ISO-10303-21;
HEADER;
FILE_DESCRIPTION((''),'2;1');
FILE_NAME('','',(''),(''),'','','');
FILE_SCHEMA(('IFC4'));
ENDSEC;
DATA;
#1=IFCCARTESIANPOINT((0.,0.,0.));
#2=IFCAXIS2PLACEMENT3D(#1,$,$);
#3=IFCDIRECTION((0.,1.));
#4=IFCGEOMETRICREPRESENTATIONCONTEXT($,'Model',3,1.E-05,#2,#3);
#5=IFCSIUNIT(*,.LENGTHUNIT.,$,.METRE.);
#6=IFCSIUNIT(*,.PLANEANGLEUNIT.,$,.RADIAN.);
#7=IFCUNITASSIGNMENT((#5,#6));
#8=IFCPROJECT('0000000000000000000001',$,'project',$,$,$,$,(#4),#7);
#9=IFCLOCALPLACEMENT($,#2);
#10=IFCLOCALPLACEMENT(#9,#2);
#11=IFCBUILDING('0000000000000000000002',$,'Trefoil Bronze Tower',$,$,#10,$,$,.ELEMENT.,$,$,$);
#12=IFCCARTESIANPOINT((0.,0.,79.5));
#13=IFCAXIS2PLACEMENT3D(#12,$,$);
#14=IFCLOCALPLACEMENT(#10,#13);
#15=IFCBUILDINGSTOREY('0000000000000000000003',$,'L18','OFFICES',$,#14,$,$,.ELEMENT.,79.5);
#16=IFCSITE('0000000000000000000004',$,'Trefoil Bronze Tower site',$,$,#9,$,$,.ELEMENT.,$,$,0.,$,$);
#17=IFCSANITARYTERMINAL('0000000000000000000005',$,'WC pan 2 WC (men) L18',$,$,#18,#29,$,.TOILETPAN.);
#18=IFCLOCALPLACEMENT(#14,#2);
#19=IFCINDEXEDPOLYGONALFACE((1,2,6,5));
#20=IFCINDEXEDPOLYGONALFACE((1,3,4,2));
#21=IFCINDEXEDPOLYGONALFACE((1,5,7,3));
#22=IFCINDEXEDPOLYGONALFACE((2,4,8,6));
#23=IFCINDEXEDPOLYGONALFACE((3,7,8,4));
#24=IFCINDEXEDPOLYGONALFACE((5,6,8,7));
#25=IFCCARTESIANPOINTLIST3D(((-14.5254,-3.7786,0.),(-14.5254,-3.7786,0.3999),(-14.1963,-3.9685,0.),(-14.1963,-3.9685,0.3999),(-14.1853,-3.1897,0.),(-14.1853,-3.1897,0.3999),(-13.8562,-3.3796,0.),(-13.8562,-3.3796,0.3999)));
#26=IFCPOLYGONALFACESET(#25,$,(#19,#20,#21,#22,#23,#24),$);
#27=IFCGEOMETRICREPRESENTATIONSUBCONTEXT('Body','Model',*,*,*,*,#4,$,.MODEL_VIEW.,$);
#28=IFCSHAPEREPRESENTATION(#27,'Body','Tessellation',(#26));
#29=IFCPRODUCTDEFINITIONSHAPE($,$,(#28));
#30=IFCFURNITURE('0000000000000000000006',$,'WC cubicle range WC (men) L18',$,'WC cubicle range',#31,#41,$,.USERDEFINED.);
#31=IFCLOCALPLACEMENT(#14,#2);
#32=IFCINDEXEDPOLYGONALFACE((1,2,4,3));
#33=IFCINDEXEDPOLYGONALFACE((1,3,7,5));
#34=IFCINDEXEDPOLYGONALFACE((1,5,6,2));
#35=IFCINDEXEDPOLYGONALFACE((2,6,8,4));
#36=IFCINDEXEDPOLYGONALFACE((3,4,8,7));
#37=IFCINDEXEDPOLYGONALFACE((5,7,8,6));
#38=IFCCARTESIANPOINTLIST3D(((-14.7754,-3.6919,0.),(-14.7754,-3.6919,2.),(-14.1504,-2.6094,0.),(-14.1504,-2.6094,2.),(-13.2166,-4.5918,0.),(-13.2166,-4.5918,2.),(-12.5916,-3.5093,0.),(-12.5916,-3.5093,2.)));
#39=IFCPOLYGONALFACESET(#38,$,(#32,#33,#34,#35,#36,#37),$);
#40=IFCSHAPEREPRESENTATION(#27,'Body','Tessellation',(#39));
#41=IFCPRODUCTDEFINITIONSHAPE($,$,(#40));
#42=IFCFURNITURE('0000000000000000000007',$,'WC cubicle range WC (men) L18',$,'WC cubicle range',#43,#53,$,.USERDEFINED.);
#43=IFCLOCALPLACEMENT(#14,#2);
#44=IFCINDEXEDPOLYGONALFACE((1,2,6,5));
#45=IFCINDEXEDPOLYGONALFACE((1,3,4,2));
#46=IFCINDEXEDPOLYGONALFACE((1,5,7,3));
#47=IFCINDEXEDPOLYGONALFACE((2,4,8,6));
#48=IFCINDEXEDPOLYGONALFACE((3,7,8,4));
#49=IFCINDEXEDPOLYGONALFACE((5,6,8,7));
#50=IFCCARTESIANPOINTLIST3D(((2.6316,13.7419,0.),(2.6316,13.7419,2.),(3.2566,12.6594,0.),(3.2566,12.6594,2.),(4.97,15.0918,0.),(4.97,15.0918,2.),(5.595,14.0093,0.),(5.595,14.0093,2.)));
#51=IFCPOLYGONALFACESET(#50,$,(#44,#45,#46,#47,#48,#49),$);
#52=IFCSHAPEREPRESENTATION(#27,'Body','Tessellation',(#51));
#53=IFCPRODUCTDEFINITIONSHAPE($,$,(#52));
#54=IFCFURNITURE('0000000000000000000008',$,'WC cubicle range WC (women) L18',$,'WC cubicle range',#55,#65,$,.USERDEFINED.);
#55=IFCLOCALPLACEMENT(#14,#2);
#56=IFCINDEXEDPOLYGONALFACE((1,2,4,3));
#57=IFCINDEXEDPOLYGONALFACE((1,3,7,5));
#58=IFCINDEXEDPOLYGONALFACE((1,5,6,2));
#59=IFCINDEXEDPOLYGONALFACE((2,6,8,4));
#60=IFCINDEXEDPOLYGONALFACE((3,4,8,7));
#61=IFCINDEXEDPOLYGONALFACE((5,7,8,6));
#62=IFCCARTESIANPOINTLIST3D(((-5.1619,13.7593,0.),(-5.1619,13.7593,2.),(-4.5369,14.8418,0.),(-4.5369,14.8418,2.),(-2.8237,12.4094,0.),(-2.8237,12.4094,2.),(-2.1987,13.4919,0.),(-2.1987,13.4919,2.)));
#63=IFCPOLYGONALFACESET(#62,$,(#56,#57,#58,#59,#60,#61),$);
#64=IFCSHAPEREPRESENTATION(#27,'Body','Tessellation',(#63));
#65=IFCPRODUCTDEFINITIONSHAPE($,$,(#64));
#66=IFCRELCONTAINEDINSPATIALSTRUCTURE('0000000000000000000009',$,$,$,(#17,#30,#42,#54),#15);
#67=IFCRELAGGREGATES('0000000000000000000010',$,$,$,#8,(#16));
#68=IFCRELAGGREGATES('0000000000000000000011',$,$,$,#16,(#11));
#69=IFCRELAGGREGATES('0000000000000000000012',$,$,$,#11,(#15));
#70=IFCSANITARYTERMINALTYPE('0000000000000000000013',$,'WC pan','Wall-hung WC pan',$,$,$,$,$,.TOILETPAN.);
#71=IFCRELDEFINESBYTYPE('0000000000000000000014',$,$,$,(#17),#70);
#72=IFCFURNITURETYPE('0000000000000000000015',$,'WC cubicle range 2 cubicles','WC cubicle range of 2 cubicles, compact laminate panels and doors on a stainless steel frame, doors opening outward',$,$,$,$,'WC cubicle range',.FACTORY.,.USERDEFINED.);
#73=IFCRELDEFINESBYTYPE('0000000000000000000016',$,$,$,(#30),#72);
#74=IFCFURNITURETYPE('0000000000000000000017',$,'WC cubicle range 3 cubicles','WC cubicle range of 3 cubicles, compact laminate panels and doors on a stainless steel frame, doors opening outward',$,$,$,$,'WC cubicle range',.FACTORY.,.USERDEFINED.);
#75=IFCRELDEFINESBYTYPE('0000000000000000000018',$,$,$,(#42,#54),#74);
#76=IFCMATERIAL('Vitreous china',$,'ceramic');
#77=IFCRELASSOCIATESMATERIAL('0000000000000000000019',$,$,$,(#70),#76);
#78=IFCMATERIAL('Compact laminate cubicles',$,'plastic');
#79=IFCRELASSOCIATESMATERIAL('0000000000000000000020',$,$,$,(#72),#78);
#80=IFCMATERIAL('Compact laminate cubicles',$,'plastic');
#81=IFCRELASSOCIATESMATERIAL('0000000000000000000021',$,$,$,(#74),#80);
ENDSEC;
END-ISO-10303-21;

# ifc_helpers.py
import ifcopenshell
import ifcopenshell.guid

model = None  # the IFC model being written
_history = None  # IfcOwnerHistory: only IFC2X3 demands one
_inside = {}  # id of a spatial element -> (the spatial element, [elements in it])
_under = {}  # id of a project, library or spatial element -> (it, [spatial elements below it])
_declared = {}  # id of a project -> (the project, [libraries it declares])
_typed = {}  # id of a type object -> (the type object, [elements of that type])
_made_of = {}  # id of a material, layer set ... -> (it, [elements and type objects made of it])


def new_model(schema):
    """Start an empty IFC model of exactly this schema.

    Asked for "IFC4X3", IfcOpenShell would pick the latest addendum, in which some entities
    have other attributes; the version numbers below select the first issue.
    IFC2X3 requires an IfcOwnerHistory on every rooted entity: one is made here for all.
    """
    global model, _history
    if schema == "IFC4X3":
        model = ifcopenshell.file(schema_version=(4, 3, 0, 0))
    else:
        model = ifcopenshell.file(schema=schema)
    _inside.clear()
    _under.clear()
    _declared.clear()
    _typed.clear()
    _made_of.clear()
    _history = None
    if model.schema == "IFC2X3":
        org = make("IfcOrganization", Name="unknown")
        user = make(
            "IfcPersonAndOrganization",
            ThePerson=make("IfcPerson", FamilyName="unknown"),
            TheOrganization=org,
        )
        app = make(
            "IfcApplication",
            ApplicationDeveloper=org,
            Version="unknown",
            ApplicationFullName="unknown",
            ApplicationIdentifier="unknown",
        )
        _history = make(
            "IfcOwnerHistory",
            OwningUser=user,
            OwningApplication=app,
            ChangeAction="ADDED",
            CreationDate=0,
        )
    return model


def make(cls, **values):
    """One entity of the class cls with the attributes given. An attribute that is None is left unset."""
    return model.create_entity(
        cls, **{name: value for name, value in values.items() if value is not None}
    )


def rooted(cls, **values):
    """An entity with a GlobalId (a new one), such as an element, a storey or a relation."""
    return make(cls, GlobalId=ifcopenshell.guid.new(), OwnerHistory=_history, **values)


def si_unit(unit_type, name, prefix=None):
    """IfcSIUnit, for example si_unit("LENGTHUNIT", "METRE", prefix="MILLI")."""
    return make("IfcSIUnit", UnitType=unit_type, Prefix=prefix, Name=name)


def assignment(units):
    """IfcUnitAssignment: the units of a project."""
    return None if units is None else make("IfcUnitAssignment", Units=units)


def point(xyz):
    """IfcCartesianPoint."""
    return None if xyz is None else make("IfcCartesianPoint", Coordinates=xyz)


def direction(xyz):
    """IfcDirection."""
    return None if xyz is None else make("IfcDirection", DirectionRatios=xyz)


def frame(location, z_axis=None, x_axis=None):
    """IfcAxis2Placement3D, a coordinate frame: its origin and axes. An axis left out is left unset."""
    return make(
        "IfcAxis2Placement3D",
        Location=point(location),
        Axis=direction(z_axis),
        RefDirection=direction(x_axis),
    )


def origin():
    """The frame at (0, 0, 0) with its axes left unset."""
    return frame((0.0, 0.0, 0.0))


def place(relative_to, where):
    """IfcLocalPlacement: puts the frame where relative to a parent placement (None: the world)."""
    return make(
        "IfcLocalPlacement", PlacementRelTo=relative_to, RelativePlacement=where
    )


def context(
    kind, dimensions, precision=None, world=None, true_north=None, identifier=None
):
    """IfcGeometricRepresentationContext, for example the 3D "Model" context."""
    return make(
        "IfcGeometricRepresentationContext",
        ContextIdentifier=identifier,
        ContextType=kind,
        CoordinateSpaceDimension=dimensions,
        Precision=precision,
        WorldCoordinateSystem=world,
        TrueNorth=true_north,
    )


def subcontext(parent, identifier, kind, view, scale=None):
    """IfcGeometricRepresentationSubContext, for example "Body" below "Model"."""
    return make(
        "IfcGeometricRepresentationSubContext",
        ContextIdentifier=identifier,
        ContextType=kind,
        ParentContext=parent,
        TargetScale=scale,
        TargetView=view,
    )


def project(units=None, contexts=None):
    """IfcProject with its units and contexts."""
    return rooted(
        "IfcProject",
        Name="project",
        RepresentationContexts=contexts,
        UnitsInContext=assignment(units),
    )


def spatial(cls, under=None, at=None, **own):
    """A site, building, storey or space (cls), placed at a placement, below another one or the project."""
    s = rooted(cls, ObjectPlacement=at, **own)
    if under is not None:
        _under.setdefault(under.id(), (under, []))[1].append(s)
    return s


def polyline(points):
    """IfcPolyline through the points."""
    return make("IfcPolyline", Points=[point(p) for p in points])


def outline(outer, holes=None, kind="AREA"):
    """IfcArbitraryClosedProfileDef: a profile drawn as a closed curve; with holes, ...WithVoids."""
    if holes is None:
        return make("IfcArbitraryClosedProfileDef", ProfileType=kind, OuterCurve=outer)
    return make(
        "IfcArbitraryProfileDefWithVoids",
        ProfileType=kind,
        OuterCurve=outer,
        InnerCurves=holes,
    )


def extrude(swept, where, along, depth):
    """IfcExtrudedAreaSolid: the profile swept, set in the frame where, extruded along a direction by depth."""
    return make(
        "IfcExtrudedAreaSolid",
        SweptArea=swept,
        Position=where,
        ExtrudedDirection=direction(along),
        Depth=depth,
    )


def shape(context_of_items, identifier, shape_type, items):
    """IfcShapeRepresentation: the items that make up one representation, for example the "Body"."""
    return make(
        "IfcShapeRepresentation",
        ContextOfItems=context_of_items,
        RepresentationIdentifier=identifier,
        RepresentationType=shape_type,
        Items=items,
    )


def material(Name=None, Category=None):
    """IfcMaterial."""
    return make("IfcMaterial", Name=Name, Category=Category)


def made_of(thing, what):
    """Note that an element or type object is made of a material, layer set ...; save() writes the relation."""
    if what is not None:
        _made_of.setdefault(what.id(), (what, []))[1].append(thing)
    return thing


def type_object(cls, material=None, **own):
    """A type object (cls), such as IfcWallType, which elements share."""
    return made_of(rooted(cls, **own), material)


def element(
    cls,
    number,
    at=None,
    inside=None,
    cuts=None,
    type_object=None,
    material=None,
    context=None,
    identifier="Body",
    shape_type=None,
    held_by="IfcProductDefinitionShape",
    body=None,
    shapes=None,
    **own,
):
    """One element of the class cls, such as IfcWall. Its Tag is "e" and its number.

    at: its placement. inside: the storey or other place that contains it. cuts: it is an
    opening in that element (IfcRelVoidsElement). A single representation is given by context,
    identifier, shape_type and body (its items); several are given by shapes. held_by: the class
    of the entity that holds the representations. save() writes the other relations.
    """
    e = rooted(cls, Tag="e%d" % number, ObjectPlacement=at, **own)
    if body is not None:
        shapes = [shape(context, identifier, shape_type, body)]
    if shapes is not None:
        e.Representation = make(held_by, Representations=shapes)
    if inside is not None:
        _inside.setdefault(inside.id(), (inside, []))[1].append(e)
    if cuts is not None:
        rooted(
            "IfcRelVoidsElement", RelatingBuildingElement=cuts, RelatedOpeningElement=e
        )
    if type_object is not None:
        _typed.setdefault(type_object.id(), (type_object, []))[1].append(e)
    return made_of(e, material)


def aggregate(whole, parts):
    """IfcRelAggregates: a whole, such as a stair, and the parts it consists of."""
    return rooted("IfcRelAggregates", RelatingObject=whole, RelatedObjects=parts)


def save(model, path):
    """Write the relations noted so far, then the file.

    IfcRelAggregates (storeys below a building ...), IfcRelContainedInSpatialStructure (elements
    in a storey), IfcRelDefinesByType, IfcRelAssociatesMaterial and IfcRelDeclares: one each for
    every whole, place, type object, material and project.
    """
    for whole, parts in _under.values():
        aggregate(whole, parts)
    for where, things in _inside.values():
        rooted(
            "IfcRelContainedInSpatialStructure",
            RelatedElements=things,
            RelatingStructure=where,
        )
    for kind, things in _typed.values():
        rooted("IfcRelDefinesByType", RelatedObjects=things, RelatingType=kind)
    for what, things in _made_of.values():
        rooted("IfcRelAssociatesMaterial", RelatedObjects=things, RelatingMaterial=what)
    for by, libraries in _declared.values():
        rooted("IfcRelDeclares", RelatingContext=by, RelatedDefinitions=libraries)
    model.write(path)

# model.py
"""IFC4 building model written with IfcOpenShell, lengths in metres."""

from ifc_helpers import new_model, si_unit, direction, frame, origin, place, context, subcontext, project, spatial, polyline, outline, extrude, material, type_object, element, save


model = new_model("IFC4")

# Units and contexts
model_context = context("Model", 3, precision=1e-05, world=origin(), true_north=direction((0.0, 1.0)))
body_context = subcontext(model_context, "Body", "Model", "MODEL_VIEW")
ifc_project = project(units=[si_unit("LENGTHUNIT", "METRE"), si_unit("PLANEANGLEUNIT", "RADIAN")], contexts=[model_context])

# Site, building, storey
site_placement = place(None, origin())
site = spatial("IfcSite", under=ifc_project, at=site_placement, Name="Trefoil Bronze Tower site", CompositionType="ELEMENT", RefElevation=0.0)
building_placement = place(site_placement, origin())
building = spatial("IfcBuilding", under=site, at=building_placement, Name="Trefoil Bronze Tower", CompositionType="ELEMENT")
storey_placement = place(building_placement, frame((0.0, 0.0, 79.5)))
storey = spatial("IfcBuildingStorey", under=building, at=storey_placement, Name="L18", Description="OFFICES", CompositionType="ELEMENT", Elevation=79.5)

# Sanitary terminal
ifc_material_1 = material(Name="Vitreous china", Category="ceramic")
sanitary_terminal_type_1 = type_object("IfcSanitaryTerminalType", Name="WC pan", Description="Wall-hung WC pan", PredefinedType="TOILETPAN", material=ifc_material_1)
sanitary_terminal_1_placement = place(storey_placement, origin())
element("IfcSanitaryTerminal", 1, at=sanitary_terminal_1_placement, inside=storey, type_object=sanitary_terminal_type_1, Name="WC pan 2 WC (men) L18", PredefinedType="TOILETPAN", context=body_context, shape_type="SweptSolid", body=[
    extrude(outline(polyline([(-13.8562, -3.3796), (-14.1963, -3.9685), (-14.5254, -3.7786), (-14.1853, -3.1897), (-13.8562, -3.3796)])), origin(), (0.0, 0.0, 1.0), 0.3999),
])

# Furniture
ifc_material_2 = material(Name="Compact laminate cubicles", Category="plastic")
furniture_type_1 = type_object("IfcFurnitureType", Name="WC cubicle range 2 cubicles", Description="WC cubicle range of 2 cubicles, compact laminate panels and doors on a stainless steel frame, doors opening outward", ElementType="WC cubicle range", AssemblyPlace="FACTORY", PredefinedType="USERDEFINED", material=ifc_material_2)
furniture_1_placement = place(storey_placement, origin())
element("IfcFurniture", 2, at=furniture_1_placement, inside=storey, type_object=furniture_type_1, Name="WC cubicle range WC (men) L18", ObjectType="WC cubicle range", PredefinedType="USERDEFINED", context=body_context, shape_type="SweptSolid", body=[
    extrude(outline(polyline([(-12.5916, -3.5093), (-13.2166, -4.5918), (-14.7754, -3.6919), (-14.1504, -2.6094), (-12.5916, -3.5093)])), origin(), (0.0, 0.0, 1.0), 2.0),
])
ifc_material_3 = material(Name="Compact laminate cubicles", Category="plastic")
furniture_type_2 = type_object("IfcFurnitureType", Name="WC cubicle range 3 cubicles", Description="WC cubicle range of 3 cubicles, compact laminate panels and doors on a stainless steel frame, doors opening outward", ElementType="WC cubicle range", AssemblyPlace="FACTORY", PredefinedType="USERDEFINED", material=ifc_material_3)
furniture_2_placement = place(storey_placement, origin())
element("IfcFurniture", 3, at=furniture_2_placement, inside=storey, type_object=furniture_type_2, Name="WC cubicle range WC (men) L18", ObjectType="WC cubicle range", PredefinedType="USERDEFINED", context=body_context, shape_type="SweptSolid", body=[
    extrude(outline(polyline([(3.2566, 12.6594), (2.6316, 13.7419), (4.97, 15.0918), (5.595, 14.0093), (3.2566, 12.6594)])), origin(), (0.0, 0.0, 1.0), 2.0),
])
furniture_3_placement = place(storey_placement, origin())
element("IfcFurniture", 4, at=furniture_3_placement, inside=storey, type_object=furniture_type_2, Name="WC cubicle range WC (women) L18", ObjectType="WC cubicle range", PredefinedType="USERDEFINED", context=body_context, shape_type="SweptSolid", body=[
    extrude(outline(polyline([(-2.8237, 12.4094), (-2.1987, 13.4919), (-4.5369, 14.8418), (-5.1619, 13.7593), (-2.8237, 12.4094)])), origin(), (0.0, 0.0, 1.0), 2.0),
])

save(model, "model.ifc")
